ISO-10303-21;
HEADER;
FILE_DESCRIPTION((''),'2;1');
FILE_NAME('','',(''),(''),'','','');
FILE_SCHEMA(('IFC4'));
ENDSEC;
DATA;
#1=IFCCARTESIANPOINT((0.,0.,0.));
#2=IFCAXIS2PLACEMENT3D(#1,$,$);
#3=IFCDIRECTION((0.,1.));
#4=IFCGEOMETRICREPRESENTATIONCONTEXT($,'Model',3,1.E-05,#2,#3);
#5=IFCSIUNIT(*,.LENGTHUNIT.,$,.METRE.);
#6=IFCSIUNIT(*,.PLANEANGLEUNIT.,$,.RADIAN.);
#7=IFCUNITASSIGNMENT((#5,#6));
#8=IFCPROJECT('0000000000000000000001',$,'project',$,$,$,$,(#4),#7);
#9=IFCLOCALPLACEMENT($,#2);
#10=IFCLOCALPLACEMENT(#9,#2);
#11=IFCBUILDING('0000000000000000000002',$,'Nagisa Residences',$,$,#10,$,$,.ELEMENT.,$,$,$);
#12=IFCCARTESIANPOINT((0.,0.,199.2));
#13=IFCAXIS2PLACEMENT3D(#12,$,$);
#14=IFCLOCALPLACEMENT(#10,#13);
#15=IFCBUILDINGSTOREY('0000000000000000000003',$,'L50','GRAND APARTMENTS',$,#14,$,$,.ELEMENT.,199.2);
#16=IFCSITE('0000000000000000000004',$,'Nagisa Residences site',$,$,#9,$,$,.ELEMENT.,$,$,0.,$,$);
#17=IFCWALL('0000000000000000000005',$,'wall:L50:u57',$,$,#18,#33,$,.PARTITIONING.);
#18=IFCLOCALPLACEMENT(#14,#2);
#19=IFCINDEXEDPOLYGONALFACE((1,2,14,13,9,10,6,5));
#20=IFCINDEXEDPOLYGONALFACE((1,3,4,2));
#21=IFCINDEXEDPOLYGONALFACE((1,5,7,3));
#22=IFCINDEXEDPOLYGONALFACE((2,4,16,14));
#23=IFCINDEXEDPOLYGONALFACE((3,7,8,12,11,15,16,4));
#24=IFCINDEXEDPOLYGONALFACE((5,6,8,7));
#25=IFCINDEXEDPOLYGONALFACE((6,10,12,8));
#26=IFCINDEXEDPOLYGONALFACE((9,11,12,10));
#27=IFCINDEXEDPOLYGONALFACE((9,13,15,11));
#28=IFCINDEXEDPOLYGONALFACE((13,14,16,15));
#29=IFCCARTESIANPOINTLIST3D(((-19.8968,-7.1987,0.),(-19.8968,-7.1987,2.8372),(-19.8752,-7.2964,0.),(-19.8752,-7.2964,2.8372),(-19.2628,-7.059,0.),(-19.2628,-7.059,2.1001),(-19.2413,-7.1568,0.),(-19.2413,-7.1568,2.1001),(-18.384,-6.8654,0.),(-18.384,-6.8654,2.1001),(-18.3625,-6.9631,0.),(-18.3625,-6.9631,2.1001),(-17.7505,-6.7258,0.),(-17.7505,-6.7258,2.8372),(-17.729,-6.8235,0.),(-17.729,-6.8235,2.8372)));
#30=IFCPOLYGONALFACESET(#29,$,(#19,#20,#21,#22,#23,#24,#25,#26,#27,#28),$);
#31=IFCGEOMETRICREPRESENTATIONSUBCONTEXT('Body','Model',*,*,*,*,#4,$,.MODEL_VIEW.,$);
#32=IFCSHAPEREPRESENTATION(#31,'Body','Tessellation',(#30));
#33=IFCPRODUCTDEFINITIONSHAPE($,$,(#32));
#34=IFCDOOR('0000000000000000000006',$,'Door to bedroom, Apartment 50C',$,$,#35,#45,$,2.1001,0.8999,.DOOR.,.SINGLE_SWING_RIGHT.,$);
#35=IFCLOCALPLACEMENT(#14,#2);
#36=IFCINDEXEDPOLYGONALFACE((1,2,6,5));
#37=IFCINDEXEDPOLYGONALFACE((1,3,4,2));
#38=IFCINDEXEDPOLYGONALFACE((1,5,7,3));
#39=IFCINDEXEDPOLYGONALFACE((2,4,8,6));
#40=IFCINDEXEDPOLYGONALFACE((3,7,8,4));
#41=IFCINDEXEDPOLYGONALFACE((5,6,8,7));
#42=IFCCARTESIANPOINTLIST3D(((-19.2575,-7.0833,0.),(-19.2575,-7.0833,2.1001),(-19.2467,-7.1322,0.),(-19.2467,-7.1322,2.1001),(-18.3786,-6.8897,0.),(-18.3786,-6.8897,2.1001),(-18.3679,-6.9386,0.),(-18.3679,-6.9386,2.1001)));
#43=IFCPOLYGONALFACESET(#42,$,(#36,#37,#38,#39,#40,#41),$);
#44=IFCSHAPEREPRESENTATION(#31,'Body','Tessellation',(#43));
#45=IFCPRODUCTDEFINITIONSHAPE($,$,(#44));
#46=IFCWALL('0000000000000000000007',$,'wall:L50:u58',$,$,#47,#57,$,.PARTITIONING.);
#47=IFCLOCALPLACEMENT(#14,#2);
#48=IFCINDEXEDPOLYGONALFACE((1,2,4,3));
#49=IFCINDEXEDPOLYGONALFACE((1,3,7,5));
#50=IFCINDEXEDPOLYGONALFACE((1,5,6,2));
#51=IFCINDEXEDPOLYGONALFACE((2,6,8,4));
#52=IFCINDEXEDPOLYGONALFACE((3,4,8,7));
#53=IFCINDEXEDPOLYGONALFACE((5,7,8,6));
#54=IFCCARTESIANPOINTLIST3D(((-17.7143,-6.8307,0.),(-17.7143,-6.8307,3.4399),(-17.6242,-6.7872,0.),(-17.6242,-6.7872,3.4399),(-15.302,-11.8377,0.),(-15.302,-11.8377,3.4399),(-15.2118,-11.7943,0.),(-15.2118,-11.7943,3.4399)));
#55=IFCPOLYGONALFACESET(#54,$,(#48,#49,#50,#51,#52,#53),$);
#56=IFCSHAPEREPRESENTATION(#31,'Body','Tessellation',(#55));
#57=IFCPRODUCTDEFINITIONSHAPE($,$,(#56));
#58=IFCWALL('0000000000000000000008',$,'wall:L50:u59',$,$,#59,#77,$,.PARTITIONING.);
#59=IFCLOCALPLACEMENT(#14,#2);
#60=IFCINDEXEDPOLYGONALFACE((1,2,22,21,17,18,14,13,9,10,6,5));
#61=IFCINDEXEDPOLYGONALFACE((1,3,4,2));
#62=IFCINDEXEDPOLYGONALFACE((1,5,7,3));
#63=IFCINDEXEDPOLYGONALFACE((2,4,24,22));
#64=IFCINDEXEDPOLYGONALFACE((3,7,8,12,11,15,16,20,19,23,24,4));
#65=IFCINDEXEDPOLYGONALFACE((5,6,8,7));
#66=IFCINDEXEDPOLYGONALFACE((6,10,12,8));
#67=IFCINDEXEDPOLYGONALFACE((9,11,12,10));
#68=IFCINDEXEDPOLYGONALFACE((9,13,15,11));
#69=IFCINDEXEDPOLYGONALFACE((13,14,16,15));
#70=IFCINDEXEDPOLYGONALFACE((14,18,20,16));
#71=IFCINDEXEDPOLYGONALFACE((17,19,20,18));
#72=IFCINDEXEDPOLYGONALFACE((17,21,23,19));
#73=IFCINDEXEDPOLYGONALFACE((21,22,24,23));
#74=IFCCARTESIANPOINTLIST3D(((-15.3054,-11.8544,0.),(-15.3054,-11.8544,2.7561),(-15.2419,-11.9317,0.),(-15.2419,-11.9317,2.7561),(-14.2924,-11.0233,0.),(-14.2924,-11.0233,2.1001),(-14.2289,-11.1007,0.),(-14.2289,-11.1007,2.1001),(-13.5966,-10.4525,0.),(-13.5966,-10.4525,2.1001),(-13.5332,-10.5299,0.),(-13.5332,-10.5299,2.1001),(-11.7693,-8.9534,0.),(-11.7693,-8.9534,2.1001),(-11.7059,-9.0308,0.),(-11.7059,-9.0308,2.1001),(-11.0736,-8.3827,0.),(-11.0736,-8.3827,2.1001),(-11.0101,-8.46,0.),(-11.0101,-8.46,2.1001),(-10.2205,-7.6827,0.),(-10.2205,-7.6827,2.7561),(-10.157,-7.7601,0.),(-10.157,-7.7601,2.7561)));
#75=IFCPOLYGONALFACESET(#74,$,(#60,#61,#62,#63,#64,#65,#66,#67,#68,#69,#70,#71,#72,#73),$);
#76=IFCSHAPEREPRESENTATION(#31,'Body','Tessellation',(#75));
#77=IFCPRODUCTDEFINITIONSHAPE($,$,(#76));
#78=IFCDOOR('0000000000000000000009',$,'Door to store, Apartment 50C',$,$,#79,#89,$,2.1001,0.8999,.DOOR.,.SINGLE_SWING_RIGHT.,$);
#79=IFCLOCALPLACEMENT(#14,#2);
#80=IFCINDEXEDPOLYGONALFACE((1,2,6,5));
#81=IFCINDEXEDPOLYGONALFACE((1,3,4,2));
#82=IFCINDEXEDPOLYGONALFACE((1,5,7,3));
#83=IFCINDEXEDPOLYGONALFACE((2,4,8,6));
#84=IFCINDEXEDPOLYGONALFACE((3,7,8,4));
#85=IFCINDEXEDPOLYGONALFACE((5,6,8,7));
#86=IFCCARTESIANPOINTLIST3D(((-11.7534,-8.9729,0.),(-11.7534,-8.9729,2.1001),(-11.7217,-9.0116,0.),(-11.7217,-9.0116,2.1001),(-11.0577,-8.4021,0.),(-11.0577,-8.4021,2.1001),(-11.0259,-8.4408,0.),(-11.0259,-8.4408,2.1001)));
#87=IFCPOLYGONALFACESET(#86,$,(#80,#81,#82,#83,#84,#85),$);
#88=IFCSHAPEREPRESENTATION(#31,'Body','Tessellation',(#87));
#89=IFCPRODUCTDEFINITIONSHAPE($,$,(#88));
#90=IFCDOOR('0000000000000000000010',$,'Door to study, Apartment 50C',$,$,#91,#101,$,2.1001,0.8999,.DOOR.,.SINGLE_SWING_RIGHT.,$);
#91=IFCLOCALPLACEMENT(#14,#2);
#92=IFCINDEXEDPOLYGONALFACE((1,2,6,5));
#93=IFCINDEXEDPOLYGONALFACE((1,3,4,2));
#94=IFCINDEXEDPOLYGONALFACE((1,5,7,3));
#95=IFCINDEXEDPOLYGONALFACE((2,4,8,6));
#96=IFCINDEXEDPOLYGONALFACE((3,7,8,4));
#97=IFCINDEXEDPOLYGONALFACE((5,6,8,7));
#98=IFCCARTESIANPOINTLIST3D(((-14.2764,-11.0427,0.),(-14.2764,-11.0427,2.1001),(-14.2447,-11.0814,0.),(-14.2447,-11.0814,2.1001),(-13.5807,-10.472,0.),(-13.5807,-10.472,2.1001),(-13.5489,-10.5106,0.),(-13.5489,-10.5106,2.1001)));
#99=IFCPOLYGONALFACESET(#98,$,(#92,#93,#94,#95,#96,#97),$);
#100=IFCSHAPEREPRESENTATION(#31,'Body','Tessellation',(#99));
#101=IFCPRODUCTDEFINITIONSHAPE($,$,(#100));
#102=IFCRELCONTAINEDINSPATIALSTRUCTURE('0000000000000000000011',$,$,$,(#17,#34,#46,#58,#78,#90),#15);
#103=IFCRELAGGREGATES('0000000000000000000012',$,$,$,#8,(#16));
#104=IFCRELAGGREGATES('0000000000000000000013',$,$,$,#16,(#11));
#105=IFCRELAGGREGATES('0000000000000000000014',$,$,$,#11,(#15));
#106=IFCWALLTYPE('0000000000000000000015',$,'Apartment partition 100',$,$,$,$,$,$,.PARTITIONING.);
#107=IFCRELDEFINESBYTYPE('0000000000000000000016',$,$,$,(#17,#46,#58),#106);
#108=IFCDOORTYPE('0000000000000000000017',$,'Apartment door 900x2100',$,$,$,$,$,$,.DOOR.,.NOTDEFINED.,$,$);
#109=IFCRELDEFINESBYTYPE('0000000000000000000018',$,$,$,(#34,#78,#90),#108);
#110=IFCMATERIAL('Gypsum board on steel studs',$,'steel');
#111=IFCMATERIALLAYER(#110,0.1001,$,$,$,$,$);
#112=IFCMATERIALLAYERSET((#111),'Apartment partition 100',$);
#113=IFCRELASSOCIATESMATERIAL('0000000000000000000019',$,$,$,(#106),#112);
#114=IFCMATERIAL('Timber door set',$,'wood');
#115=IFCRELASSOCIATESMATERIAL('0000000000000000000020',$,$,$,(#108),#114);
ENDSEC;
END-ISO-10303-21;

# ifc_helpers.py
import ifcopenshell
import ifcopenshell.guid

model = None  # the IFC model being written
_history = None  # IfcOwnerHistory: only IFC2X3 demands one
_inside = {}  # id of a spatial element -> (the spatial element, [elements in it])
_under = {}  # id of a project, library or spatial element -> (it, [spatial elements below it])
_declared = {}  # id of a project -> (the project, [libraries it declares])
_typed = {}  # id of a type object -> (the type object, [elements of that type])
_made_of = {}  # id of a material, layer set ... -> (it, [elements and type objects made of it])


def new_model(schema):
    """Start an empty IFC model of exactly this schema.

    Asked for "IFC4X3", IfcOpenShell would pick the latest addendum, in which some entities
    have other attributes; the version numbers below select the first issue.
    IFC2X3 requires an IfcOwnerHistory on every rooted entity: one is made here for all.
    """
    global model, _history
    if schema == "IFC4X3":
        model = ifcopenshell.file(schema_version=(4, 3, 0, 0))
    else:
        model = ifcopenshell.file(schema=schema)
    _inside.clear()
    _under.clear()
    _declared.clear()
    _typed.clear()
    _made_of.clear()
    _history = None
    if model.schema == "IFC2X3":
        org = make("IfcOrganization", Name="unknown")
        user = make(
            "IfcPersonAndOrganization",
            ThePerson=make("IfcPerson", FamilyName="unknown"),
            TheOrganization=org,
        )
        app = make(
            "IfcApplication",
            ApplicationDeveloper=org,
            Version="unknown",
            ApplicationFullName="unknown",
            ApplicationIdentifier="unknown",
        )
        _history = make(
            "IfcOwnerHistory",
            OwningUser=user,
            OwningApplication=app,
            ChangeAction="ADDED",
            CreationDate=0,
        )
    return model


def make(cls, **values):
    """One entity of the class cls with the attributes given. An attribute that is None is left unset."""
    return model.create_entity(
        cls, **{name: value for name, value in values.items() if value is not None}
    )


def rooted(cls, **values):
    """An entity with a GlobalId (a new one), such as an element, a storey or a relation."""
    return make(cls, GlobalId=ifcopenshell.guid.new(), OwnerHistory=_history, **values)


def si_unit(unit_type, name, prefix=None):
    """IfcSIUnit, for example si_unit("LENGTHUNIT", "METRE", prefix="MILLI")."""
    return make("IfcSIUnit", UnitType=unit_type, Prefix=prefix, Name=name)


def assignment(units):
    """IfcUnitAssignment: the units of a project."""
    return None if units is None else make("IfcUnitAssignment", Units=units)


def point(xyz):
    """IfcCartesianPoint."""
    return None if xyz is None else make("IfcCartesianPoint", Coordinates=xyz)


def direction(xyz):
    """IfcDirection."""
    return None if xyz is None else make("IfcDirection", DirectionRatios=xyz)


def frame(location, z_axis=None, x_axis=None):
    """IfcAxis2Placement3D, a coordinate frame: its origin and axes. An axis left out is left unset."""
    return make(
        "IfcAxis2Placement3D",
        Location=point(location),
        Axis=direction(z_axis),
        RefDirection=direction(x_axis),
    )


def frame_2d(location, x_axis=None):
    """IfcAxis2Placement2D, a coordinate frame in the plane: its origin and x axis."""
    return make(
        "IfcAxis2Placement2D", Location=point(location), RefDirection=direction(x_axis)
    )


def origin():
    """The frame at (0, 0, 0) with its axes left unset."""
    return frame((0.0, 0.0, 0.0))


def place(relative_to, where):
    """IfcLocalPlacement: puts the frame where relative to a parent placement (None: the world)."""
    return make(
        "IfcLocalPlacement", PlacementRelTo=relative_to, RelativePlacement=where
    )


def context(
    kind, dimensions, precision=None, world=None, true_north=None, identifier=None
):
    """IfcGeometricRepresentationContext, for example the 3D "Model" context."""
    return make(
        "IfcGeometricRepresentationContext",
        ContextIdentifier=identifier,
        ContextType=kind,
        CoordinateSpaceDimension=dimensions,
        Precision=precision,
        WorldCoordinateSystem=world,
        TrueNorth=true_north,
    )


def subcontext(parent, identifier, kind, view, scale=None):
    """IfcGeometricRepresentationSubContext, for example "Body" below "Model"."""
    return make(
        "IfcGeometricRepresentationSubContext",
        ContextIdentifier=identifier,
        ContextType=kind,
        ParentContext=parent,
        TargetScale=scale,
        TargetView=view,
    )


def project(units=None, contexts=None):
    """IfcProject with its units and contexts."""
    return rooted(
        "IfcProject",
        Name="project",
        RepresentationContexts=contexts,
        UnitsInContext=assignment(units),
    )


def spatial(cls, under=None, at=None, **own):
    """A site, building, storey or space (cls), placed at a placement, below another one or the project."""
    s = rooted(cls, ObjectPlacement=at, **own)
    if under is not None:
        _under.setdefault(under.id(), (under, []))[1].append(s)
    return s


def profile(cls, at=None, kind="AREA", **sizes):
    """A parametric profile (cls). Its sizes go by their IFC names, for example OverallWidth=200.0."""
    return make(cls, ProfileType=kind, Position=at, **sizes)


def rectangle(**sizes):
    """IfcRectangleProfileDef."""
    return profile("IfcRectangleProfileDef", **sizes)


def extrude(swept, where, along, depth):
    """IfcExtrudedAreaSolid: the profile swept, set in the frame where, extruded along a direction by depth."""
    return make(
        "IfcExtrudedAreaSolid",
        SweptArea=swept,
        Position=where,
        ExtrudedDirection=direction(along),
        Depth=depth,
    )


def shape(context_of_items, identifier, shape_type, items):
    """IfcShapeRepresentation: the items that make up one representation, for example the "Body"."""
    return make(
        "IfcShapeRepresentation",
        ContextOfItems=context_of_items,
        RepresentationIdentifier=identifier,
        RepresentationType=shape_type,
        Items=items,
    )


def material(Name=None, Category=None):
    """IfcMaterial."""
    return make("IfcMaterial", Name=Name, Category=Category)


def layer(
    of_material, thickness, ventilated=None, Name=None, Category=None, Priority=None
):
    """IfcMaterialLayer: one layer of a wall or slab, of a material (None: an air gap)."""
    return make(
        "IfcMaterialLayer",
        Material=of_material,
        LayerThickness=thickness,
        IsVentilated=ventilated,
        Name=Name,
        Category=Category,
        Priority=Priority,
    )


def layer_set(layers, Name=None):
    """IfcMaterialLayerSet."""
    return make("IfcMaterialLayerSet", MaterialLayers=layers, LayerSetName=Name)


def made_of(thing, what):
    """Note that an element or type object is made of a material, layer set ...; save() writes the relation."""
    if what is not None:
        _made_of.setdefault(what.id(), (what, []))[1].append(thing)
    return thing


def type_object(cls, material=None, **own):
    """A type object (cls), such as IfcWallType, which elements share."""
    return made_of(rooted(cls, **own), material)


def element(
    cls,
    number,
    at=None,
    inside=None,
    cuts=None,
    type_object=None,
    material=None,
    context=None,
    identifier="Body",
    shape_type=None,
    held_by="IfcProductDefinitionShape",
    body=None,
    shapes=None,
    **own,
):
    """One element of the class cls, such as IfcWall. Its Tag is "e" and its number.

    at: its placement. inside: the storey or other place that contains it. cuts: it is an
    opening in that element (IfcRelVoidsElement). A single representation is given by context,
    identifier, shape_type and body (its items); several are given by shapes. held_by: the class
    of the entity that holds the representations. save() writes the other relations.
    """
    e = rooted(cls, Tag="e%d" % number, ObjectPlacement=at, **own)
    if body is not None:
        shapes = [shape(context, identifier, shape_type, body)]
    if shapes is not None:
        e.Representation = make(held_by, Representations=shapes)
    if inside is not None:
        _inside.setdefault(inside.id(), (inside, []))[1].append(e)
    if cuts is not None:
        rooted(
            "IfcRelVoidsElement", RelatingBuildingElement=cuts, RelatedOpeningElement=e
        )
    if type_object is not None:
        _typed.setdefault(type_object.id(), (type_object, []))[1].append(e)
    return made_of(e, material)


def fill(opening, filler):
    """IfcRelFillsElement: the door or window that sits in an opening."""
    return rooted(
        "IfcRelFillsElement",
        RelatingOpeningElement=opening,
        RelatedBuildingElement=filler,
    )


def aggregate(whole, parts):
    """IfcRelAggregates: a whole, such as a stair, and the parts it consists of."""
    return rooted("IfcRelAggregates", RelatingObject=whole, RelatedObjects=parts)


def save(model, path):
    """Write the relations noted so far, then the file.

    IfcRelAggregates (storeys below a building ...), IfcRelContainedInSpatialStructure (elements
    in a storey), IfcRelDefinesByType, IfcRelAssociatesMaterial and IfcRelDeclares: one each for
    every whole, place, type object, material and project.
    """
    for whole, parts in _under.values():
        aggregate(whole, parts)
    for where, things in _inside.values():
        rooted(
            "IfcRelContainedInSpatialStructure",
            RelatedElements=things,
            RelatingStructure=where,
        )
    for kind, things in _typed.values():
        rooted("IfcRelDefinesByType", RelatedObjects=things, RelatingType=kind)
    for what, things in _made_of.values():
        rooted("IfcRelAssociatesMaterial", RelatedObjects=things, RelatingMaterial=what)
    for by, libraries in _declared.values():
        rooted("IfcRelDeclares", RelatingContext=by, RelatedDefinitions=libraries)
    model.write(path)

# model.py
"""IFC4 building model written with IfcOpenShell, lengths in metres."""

from ifc_helpers import new_model, si_unit, direction, frame, frame_2d, origin, place, context, subcontext, project, spatial, rectangle, extrude, material, layer, layer_set, type_object, element, fill, save


model = new_model("IFC4")

# Units and contexts
model_context = context("Model", 3, precision=1e-05, world=origin(), true_north=direction((0.0, 1.0)))
body_context = subcontext(model_context, "Body", "Model", "MODEL_VIEW")
ifc_project = project(units=[si_unit("LENGTHUNIT", "METRE"), si_unit("PLANEANGLEUNIT", "RADIAN")], contexts=[model_context])

# Site, building, storey
site_placement = place(None, origin())
site = spatial("IfcSite", under=ifc_project, at=site_placement, Name="Nagisa Residences site", CompositionType="ELEMENT", RefElevation=0.0)
building_placement = place(site_placement, origin())
building = spatial("IfcBuilding", under=site, at=building_placement, Name="Nagisa Residences", CompositionType="ELEMENT")
storey_placement = place(building_placement, frame((0.0, 0.0, 199.2)))
storey = spatial("IfcBuildingStorey", under=building, at=storey_placement, Name="L50", Description="GRAND APARTMENTS", CompositionType="ELEMENT", Elevation=199.2)

# Shared definitions
ifc_material_1 = material(Name="Gypsum board on steel studs", Category="steel")
ifc_layer_1 = layer(ifc_material_1, 0.1001)
ifc_layer_set_1 = layer_set([ifc_layer_1], Name="Apartment partition 100")
wall_type_1 = type_object("IfcWallType", Name="Apartment partition 100", PredefinedType="PARTITIONING", material=ifc_layer_set_1)
ifc_material_2 = material(Name="Timber door set", Category="wood")
door_type_1 = type_object("IfcDoorType", Name="Apartment door 900x2100", OperationType="NOTDEFINED", PredefinedType="DOOR", material=ifc_material_2)

# Wall, opening, door
wall_1_placement = place(storey_placement, frame((-17.7397, -6.7747, 0.0), z_axis=(0.0, 0.0, 1.0), x_axis=(-0.976575, -0.215178, 0.0)))
wall_1 = element("IfcWall", 1, at=wall_1_placement, inside=storey, type_object=wall_type_1, Name="wall:L50:u57", PredefinedType="PARTITIONING", context=body_context, shape_type="SweptSolid", body=[
    extrude(rectangle(XDim=2.1978, YDim=0.1001, at=frame_2d((1.0989, 0.0))), origin(), (0.0, 0.0, 1.0), 2.8372),
])
opening_1_placement = place(wall_1_placement, frame((0.6487, 0.0, 0.0)))
opening_1 = element("IfcOpeningElement", 2, at=opening_1_placement, cuts=wall_1, PredefinedType="OPENING", context=body_context, shape_type="SweptSolid", body=[
    extrude(rectangle(XDim=0.8999, YDim=2.1001, at=frame_2d((0.45, 1.05))), frame((0.0, 0.0601, 0.0), z_axis=(0.0, -1.0, 0.0), x_axis=(1.0, 0.0, 0.0)), (0.0, 0.0, 1.0), 0.1201),
])
door_1_placement = place(opening_1_placement, origin())
door_1 = element("IfcDoor", 3, at=door_1_placement, inside=storey, type_object=door_type_1, Name="Door to bedroom, Apartment 50C", OperationType="SINGLE_SWING_RIGHT", OverallHeight=2.1001, OverallWidth=0.8999, PredefinedType="DOOR", context=body_context, shape_type="SweptSolid", body=[
    extrude(rectangle(XDim=0.8999, YDim=2.1001, at=frame_2d((0.45, 1.05))), frame((0.0, 0.0249, 0.0), z_axis=(0.0, -1.0, 0.0), x_axis=(1.0, 0.0, 0.0)), (0.0, 0.0, 1.0), 0.05),
])
fill(opening_1, door_1)

# Wall
wall_2_placement = place(storey_placement, frame((-17.6692, -6.8091, 0.0), z_axis=(0.0, 0.0, 1.0), x_axis=(0.43404, -0.900894, 0.0)))
element("IfcWall", 4, at=wall_2_placement, inside=storey, type_object=wall_type_1, Name="wall:L50:u58", PredefinedType="PARTITIONING", context=body_context, shape_type="SweptSolid", body=[
    extrude(rectangle(XDim=5.5579, YDim=0.1001, at=frame_2d((2.7788, 0.0))), origin(), (0.0, 0.0, 1.0), 3.4399),
])

# Wall, openings, doors
wall_3_placement = place(storey_placement, frame((-10.1887, -7.7214, 0.0), z_axis=(0.0, 0.0, 1.0), x_axis=(-0.773121, -0.634258, 0.0)))
wall_3 = element("IfcWall", 5, at=wall_3_placement, inside=storey, type_object=wall_type_1, Name="wall:L50:u59", PredefinedType="PARTITIONING", context=body_context, shape_type="SweptSolid", body=[
    extrude(rectangle(XDim=6.5771, YDim=0.1001, at=frame_2d((3.2886, 0.0))), origin(), (0.0, 0.0, 1.0), 2.7561),
])
opening_2_placement = place(wall_3_placement, frame((1.1035, 0.0, 0.0)))
opening_2 = element("IfcOpeningElement", 6, at=opening_2_placement, cuts=wall_3, PredefinedType="OPENING", context=body_context, shape_type="SweptSolid", body=[
    extrude(rectangle(XDim=0.8999, YDim=2.1001, at=frame_2d((0.45, 1.05))), frame((0.0, 0.0601, 0.0), z_axis=(0.0, -1.0, 0.0), x_axis=(1.0, 0.0, 0.0)), (0.0, 0.0, 1.0), 0.1201),
])
opening_3_placement = place(wall_3_placement, frame((4.3669, 0.0, 0.0)))
opening_3 = element("IfcOpeningElement", 7, at=opening_3_placement, cuts=wall_3, PredefinedType="OPENING", context=body_context, shape_type="SweptSolid", body=[
    extrude(rectangle(XDim=0.8999, YDim=2.1001, at=frame_2d((0.45, 1.05))), frame((0.0, 0.0601, 0.0), z_axis=(0.0, -1.0, 0.0), x_axis=(1.0, 0.0, 0.0)), (0.0, 0.0, 1.0), 0.1201),
])
door_2_placement = place(opening_2_placement, frame((0.8999, 0.0, 0.0), x_axis=(-1.0, 0.0, 0.0)))
door_2 = element("IfcDoor", 8, at=door_2_placement, inside=storey, type_object=door_type_1, Name="Door to store, Apartment 50C", OperationType="SINGLE_SWING_RIGHT", OverallHeight=2.1001, OverallWidth=0.8999, PredefinedType="DOOR", context=body_context, shape_type="SweptSolid", body=[
    extrude(rectangle(XDim=0.8999, YDim=2.1001, at=frame_2d((0.45, 1.05))), frame((0.0, 0.0249, 0.0), z_axis=(0.0, -1.0, 0.0), x_axis=(1.0, 0.0, 0.0)), (0.0, 0.0, 1.0), 0.05),
])
fill(opening_2, door_2)
door_3_placement = place(opening_3_placement, frame((0.8999, 0.0, 0.0), x_axis=(-1.0, 0.0, 0.0)))
door_3 = element("IfcDoor", 9, at=door_3_placement, inside=storey, type_object=door_type_1, Name="Door to study, Apartment 50C", OperationType="SINGLE_SWING_RIGHT", OverallHeight=2.1001, OverallWidth=0.8999, PredefinedType="DOOR", context=body_context, shape_type="SweptSolid", body=[
    extrude(rectangle(XDim=0.8999, YDim=2.1001, at=frame_2d((0.45, 1.05))), frame((0.0, 0.0249, 0.0), z_axis=(0.0, -1.0, 0.0), x_axis=(1.0, 0.0, 0.0)), (0.0, 0.0, 1.0), 0.05),
])
fill(opening_3, door_3)

save(model, "model.ifc")
